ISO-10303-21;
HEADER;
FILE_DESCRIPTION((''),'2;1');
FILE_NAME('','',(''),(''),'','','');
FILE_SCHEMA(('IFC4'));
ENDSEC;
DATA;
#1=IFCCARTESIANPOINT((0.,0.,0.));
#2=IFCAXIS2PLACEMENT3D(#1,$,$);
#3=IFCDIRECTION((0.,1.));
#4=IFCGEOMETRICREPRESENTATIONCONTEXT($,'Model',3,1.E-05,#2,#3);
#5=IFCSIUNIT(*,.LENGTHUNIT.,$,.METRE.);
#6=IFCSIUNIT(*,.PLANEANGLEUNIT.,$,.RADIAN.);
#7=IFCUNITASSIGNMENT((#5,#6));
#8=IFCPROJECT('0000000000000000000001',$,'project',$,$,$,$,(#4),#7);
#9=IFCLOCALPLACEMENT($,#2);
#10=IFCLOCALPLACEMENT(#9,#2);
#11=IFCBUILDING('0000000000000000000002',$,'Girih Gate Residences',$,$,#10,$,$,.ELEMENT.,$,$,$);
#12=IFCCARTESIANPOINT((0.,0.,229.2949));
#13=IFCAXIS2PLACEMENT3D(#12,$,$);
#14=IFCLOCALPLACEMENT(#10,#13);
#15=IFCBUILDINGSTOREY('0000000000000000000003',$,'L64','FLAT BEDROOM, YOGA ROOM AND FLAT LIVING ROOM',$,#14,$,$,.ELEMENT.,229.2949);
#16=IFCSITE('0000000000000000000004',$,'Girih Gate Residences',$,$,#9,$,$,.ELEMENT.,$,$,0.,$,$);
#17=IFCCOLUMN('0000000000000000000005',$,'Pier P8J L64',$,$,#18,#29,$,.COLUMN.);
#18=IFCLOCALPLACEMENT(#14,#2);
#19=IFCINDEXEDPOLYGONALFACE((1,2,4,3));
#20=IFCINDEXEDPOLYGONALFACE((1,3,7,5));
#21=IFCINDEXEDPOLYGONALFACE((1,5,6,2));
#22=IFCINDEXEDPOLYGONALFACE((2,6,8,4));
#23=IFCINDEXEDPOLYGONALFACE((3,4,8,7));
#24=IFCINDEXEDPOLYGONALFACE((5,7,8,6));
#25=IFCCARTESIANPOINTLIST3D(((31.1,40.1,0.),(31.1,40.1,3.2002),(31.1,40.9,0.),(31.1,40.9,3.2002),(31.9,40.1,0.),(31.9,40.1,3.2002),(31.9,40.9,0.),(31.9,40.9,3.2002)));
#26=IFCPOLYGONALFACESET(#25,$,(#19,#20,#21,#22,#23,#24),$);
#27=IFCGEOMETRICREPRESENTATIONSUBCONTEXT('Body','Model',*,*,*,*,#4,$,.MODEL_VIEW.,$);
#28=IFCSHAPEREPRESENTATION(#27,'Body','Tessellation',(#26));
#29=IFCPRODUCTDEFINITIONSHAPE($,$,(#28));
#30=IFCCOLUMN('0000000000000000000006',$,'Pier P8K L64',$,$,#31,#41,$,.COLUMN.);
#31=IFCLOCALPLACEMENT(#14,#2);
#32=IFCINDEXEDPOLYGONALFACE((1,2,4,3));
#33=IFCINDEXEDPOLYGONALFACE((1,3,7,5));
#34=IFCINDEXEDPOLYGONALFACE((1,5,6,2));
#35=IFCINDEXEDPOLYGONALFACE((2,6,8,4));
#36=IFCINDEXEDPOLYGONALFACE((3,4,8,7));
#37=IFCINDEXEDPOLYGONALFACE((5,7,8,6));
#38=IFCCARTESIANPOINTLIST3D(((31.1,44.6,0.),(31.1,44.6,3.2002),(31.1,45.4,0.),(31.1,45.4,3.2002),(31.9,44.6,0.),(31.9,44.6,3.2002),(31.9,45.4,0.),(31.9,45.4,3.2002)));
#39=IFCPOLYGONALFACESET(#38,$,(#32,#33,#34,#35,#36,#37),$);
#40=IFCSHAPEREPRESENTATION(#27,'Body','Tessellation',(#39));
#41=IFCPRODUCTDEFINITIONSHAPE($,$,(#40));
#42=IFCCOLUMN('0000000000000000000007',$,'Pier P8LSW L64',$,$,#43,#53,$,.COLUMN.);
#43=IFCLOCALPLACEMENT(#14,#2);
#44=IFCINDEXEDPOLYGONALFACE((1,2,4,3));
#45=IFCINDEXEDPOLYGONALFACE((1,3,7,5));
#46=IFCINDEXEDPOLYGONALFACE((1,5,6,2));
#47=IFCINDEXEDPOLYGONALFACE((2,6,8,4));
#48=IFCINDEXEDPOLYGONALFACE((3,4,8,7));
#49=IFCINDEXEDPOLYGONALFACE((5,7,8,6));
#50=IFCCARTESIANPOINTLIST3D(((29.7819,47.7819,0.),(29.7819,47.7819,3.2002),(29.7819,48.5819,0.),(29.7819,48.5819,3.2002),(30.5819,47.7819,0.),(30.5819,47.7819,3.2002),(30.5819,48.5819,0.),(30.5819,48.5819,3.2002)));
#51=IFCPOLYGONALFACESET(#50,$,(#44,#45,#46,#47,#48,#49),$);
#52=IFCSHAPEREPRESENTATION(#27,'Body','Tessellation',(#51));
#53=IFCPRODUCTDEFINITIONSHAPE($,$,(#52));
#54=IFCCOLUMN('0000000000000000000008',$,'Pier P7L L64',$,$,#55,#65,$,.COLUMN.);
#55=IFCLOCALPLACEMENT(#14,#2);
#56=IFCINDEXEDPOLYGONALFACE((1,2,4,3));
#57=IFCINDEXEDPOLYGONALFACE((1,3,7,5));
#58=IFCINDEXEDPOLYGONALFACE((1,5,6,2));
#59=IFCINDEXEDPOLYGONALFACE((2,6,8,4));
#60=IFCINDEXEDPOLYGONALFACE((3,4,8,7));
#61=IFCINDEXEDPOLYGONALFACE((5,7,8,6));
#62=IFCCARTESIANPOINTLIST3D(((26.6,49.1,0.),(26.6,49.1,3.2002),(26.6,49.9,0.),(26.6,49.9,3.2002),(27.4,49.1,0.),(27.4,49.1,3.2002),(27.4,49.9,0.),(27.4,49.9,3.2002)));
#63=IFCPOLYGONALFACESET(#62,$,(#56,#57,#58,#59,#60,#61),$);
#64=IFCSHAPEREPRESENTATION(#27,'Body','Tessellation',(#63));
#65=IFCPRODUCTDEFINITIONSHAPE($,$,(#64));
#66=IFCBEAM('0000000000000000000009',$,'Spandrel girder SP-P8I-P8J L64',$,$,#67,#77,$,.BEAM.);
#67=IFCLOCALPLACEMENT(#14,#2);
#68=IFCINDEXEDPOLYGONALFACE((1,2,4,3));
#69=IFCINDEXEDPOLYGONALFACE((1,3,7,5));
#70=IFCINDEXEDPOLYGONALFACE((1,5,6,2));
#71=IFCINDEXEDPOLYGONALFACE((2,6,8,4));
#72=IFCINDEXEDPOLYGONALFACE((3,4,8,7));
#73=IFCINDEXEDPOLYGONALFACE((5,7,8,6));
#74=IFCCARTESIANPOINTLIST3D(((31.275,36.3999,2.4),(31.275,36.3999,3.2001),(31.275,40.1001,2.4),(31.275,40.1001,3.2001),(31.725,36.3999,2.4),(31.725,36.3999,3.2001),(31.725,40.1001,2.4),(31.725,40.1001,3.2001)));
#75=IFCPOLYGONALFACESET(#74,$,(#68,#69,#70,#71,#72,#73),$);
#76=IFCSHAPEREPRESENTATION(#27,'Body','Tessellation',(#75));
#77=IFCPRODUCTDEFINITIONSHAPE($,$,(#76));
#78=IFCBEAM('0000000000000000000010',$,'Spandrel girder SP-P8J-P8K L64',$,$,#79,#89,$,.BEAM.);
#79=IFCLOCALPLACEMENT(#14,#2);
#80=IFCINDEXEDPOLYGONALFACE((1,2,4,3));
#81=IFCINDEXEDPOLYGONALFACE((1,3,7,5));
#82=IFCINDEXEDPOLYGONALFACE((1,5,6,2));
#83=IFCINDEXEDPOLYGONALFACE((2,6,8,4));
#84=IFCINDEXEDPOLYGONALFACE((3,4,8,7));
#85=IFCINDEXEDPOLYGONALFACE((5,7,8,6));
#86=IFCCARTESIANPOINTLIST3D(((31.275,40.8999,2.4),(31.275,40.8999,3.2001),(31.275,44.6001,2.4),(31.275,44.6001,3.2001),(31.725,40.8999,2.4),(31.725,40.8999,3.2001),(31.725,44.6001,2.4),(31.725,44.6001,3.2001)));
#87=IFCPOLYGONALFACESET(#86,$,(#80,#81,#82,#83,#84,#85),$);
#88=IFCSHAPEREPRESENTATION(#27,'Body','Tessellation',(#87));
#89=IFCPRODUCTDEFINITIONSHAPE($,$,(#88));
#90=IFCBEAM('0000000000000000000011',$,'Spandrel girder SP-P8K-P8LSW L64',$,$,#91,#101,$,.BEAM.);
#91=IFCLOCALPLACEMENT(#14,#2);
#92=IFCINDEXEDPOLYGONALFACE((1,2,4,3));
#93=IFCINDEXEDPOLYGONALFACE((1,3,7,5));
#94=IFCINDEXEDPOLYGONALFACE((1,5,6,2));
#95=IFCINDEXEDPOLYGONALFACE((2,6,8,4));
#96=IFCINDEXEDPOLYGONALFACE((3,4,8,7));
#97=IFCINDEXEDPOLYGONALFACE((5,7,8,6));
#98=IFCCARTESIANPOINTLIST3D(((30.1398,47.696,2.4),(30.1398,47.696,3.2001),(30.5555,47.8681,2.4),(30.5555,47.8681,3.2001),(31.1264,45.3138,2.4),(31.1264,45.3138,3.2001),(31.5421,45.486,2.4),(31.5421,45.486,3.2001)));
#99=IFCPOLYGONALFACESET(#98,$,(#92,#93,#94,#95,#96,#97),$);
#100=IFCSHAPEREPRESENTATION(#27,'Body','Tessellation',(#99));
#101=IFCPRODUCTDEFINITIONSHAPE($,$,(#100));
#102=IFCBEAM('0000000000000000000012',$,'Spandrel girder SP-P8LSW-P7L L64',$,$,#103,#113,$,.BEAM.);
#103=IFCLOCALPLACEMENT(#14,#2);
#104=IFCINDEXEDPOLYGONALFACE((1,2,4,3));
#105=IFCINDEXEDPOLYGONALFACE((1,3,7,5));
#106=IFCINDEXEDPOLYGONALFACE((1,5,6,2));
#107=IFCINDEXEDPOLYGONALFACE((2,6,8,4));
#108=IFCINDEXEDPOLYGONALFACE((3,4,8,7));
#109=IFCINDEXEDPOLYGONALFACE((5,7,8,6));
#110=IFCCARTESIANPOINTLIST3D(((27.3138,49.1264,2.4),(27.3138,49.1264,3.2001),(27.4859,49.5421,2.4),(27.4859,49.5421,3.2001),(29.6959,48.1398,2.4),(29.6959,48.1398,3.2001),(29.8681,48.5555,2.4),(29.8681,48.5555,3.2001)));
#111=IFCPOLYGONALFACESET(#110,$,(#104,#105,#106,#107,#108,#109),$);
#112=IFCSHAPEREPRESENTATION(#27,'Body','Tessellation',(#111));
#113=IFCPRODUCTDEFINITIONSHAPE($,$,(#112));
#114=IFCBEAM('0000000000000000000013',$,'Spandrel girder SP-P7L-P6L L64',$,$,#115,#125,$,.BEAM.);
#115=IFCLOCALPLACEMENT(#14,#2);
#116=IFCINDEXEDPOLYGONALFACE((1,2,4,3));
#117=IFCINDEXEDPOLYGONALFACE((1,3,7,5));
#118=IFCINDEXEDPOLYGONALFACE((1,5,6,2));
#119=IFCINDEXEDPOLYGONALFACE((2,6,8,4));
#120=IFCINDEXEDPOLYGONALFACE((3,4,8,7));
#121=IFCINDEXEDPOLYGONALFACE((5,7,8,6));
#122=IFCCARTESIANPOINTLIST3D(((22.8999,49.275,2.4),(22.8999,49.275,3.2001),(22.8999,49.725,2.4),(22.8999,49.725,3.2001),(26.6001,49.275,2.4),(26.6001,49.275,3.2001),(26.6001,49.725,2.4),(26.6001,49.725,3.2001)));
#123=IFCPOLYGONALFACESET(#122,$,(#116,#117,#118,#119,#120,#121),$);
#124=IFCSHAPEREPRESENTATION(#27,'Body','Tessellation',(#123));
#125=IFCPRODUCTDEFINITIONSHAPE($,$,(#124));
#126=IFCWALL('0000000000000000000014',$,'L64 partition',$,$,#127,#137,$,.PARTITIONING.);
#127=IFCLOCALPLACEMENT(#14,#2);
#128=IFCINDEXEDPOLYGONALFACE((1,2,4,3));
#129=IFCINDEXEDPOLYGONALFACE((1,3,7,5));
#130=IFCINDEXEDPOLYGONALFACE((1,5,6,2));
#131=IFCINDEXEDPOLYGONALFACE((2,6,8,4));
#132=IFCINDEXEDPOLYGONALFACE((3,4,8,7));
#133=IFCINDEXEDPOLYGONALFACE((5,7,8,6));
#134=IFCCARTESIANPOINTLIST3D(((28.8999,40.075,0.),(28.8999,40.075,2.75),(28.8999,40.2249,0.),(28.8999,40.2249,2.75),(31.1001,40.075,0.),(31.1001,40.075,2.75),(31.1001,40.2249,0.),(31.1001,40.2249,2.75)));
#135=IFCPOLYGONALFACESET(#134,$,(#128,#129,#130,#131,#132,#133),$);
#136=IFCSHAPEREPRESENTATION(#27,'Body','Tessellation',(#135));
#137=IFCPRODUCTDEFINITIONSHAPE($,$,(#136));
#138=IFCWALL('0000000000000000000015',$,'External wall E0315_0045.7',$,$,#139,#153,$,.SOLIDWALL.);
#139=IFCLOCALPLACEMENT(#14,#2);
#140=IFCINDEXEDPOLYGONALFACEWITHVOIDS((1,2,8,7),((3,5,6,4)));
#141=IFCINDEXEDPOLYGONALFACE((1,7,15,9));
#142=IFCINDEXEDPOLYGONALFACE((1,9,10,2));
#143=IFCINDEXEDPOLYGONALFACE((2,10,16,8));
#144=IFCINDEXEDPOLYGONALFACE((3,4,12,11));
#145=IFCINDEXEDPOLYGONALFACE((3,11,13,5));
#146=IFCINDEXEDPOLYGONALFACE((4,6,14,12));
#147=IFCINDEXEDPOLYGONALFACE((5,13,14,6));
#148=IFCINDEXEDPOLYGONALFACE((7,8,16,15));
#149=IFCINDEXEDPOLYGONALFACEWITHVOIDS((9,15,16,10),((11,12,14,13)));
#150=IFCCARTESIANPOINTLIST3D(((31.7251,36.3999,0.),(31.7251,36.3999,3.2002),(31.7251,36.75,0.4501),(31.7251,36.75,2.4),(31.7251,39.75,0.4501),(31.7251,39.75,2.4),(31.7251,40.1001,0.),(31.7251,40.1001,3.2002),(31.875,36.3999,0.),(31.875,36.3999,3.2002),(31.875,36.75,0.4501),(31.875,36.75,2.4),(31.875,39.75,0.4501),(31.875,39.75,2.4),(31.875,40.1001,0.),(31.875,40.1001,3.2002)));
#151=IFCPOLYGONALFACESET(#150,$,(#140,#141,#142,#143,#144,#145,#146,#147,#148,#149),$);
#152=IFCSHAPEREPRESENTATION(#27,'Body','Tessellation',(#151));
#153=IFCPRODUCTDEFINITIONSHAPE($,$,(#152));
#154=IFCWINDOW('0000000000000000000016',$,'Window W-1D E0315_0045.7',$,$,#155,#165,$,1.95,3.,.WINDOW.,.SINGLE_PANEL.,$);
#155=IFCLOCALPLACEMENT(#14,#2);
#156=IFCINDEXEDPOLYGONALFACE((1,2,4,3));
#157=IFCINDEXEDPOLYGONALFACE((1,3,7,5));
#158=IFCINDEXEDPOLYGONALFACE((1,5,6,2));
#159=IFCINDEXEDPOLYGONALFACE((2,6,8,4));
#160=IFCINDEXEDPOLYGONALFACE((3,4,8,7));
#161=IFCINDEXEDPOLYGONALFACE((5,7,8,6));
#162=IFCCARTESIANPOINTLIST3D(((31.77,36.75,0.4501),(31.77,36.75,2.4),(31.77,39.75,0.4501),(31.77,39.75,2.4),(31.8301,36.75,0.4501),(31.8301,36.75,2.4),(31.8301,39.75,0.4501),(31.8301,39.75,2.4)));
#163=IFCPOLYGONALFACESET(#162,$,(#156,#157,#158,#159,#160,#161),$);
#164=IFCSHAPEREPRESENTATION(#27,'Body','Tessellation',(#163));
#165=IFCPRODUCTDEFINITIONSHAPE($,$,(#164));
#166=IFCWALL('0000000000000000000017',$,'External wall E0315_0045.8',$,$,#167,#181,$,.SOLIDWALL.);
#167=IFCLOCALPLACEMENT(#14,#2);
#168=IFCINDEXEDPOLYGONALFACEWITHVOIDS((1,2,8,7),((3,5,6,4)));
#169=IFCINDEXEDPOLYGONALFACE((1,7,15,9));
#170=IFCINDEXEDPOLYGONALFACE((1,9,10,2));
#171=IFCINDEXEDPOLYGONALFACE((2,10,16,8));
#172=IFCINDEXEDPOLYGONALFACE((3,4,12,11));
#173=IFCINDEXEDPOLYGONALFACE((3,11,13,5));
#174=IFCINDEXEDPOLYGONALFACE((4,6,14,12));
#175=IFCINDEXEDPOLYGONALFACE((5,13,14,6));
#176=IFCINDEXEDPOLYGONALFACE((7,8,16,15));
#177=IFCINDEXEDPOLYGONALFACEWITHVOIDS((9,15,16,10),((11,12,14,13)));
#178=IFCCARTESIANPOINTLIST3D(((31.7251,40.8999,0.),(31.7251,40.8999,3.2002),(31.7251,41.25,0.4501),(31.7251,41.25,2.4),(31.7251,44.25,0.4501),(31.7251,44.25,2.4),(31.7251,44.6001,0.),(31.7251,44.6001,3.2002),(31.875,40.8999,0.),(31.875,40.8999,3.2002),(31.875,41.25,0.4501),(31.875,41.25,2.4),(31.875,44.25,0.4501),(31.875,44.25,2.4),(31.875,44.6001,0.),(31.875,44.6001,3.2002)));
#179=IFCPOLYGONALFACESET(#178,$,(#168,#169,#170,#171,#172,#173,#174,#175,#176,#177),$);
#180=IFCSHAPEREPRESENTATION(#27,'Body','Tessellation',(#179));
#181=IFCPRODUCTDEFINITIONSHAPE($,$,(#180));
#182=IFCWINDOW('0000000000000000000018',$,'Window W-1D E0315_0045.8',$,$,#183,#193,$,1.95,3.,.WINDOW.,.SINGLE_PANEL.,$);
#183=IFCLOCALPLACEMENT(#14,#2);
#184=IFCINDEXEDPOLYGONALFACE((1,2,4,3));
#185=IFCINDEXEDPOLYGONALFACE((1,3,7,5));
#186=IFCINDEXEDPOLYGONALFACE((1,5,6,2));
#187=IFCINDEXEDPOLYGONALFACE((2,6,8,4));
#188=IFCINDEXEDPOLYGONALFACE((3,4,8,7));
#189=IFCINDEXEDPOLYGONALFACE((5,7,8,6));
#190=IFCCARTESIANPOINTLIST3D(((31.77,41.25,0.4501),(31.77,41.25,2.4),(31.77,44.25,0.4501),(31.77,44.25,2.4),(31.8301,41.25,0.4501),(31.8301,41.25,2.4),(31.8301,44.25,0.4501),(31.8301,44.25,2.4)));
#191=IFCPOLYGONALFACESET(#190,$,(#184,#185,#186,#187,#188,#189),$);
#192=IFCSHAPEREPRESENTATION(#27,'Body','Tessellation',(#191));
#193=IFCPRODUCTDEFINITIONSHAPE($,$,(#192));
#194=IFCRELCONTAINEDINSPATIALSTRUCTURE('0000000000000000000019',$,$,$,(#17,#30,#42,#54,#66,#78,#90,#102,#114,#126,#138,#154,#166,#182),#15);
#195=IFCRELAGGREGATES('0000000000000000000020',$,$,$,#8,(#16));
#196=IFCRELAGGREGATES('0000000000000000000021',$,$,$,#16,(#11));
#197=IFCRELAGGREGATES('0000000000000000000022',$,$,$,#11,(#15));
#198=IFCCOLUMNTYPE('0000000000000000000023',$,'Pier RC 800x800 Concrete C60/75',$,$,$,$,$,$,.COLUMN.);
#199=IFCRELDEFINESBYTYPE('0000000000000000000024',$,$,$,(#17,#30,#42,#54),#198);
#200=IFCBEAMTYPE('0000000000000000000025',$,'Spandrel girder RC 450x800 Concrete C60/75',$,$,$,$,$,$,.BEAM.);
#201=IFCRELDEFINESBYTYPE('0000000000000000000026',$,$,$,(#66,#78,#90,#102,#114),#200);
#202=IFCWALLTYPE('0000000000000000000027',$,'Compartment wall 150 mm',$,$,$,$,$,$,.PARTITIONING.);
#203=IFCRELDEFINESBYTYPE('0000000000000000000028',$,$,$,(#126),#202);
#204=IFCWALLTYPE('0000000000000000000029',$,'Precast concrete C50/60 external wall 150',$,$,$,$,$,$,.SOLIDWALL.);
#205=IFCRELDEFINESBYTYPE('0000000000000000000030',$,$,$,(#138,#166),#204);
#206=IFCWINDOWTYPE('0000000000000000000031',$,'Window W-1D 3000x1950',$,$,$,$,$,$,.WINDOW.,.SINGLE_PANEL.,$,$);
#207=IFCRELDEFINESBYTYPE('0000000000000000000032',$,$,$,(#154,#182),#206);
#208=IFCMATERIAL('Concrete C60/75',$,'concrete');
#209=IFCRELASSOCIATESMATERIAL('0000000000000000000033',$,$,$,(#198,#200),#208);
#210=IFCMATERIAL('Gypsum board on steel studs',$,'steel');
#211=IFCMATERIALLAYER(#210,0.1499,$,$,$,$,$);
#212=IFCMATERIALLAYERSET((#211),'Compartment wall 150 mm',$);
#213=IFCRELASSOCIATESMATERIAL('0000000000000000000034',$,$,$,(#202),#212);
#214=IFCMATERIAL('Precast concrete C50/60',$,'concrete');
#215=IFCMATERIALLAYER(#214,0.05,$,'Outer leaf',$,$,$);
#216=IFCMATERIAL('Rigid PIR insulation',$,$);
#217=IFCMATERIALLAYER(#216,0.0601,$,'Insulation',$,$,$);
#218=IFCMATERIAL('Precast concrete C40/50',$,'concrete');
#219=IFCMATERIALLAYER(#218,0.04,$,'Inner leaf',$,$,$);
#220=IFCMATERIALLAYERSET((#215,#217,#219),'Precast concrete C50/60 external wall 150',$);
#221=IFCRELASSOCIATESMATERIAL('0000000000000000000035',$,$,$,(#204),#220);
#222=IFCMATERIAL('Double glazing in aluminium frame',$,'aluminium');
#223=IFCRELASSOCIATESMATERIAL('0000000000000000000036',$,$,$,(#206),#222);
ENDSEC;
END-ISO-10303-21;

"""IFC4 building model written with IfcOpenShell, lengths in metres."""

from ifc_helpers import new_model, si_unit, direction, frame, frame_2d, origin, origin_2d, place, context, subcontext, project, spatial, rectangle, extrude, material, layer, layer_set, material_profile, profile_set, type_object, element, fill, save


model = new_model("IFC4")

# Units and contexts
model_context = context("Model", 3, precision=1e-05, world=origin(), true_north=direction((0.0, 1.0)))
body_context = subcontext(model_context, "Body", "Model", "MODEL_VIEW")
ifc_project = project(units=[si_unit("LENGTHUNIT", "METRE"), si_unit("PLANEANGLEUNIT", "RADIAN")], contexts=[model_context])

# Site, building, storey
site_placement = place(None, origin())
site = spatial("IfcSite", under=ifc_project, at=site_placement, Name="Girih Gate Residences", CompositionType="ELEMENT", RefElevation=0.0)
building_placement = place(site_placement, origin())
building = spatial("IfcBuilding", under=site, at=building_placement, Name="Girih Gate Residences", CompositionType="ELEMENT")
storey_placement = place(building_placement, frame((0.0, 0.0, 229.2949)))
storey = spatial("IfcBuildingStorey", under=building, at=storey_placement, Name="L64", Description="FLAT BEDROOM, YOGA ROOM AND FLAT LIVING ROOM", CompositionType="ELEMENT", Elevation=229.2949)

# Columns
ifc_material_1 = material(Name="Concrete C60/75", Category="concrete")
ifc_material_profile_1 = material_profile(ifc_material_1, rectangle(XDim=0.8, YDim=0.8, at=origin_2d()))
ifc_profile_set_1 = profile_set([ifc_material_profile_1], Name="Concrete C60/75")
column_type = type_object("IfcColumnType", Name="Pier RC 800x800 Concrete C60/75", PredefinedType="COLUMN", material=ifc_profile_set_1)
for number, where, z_axis, x_axis, name in (
    (1, (31.5, 40.5, 0.0), (0.0, 0.0, 1.0), (1.0, 0.0, 0.0), "Pier P8J L64"),
    (2, (31.5, 45.0, 0.0), (0.0, 0.0, 1.0), (1.0, 0.0, 0.0), "Pier P8K L64"),
    (3, (30.1819, 48.1819, 0.0), (0.0, 0.0, 1.0), (1.0, 0.0, 0.0), "Pier P8LSW L64"),
    (4, (27.0, 49.5, 0.0), (0.0, 0.0, 1.0), (1.0, 0.0, 0.0), "Pier P7L L64"),
):
    element("IfcColumn", number, at=place(storey_placement, frame(where, z_axis=z_axis, x_axis=x_axis)), inside=storey, type_object=column_type, Name=name, PredefinedType="COLUMN", context=body_context, shape_type="SweptSolid", body=[
        extrude(rectangle(XDim=0.8, YDim=0.8, at=origin_2d()), origin(), (0.0, 0.0, 1.0), 3.2002),
    ])

# Beams
ifc_material_profile_2 = material_profile(ifc_material_1, rectangle(XDim=0.45, YDim=0.8, at=origin_2d()))
ifc_profile_set_2 = profile_set([ifc_material_profile_2], Name="Concrete C60/75")
beam_type = type_object("IfcBeamType", Name="Spandrel girder RC 450x800 Concrete C60/75", PredefinedType="BEAM", material=ifc_profile_set_2)
for number, where, z_axis, x_axis, name in (
    (5, (31.5, 36.3999, 2.8), (0.0, 1.0, 0.0), (-1.0, 0.0, 0.0), "Spandrel girder SP-P8I-P8J L64"),
    (6, (31.5, 40.8999, 2.8), (0.0, 1.0, 0.0), (-1.0, 0.0, 0.0), "Spandrel girder SP-P8J-P8K L64"),
):
    element("IfcBeam", number, at=place(storey_placement, frame(where, z_axis=z_axis, x_axis=x_axis)), inside=storey, type_object=beam_type, Name=name, PredefinedType="BEAM", context=body_context, shape_type="SweptSolid", body=[
        extrude(rectangle(XDim=0.45, YDim=0.8, at=origin_2d()), origin(), (0.0, 0.0, 1.0), 3.7002),
    ])
for number, where, z_axis, x_axis, name in (
    (7, (31.3342, 45.3999, 2.8), (-0.382644, 0.923896, 0.0), (-0.923896, -0.382644, 0.0), "Spandrel girder SP-P8K-P8LSW L64"),
    (8, (29.782, 48.3477, 2.8), (-0.923896, 0.382644, 0.0), (-0.382644, -0.923896, 0.0), "Spandrel girder SP-P8LSW-P7L L64"),
):
    element("IfcBeam", number, at=place(storey_placement, frame(where, z_axis=z_axis, x_axis=x_axis)), inside=storey, type_object=beam_type, Name=name, PredefinedType="BEAM", context=body_context, shape_type="SweptSolid", body=[
        extrude(rectangle(XDim=0.45, YDim=0.8, at=origin_2d()), origin(), (0.0, 0.0, 1.0), 2.5784),
    ])
beam_placement = place(storey_placement, frame((26.6001, 49.5, 2.8), z_axis=(-1.0, 0.0, 0.0), x_axis=(0.0, -1.0, 0.0)))
element("IfcBeam", 9, at=beam_placement, inside=storey, type_object=beam_type, Name="Spandrel girder SP-P7L-P6L L64", PredefinedType="BEAM", context=body_context, shape_type="SweptSolid", body=[
    extrude(rectangle(XDim=0.45, YDim=0.8, at=origin_2d()), origin(), (0.0, 0.0, 1.0), 3.7002),
])

# Wall
ifc_material_2 = material(Name="Gypsum board on steel studs", Category="steel")
ifc_layer_1 = layer(ifc_material_2, 0.1499)
ifc_layer_set_1 = layer_set([ifc_layer_1], Name="Compartment wall 150 mm")
wall_type_1 = type_object("IfcWallType", Name="Compartment wall 150 mm", PredefinedType="PARTITIONING", material=ifc_layer_set_1)
wall_1_placement = place(storey_placement, frame((28.8999, 40.1499, 0.0), z_axis=(0.0, 0.0, 1.0), x_axis=(1.0, 0.0, 0.0)))
element("IfcWall", 10, at=wall_1_placement, inside=storey, type_object=wall_type_1, Name="L64 partition", PredefinedType="PARTITIONING", context=body_context, shape_type="SweptSolid", body=[
    extrude(rectangle(XDim=2.2002, YDim=0.1499, at=frame_2d((1.1001, 0.0))), origin(), (0.0, 0.0, 1.0), 2.75),
])

# Walls, openings, windows
ifc_material_3 = material(Name="Precast concrete C50/60", Category="concrete")
ifc_layer_2 = layer(ifc_material_3, 0.05, Name="Outer leaf")
ifc_material_4 = material(Name="Rigid PIR insulation")
ifc_layer_3 = layer(ifc_material_4, 0.0601, Name="Insulation")
ifc_material_5 = material(Name="Precast concrete C40/50", Category="concrete")
ifc_layer_4 = layer(ifc_material_5, 0.04, Name="Inner leaf")
ifc_layer_set_2 = layer_set([ifc_layer_2, ifc_layer_3, ifc_layer_4], Name="Precast concrete C50/60 external wall 150")
wall_type_2 = type_object("IfcWallType", Name="Precast concrete C50/60 external wall 150", PredefinedType="SOLIDWALL", material=ifc_layer_set_2)
wall_2_placement = place(storey_placement, frame((31.8, 40.1001, 0.0), z_axis=(0.0, 0.0, 1.0), x_axis=(0.0, -1.0, 0.0)))
wall_2 = element("IfcWall", 11, at=wall_2_placement, inside=storey, type_object=wall_type_2, Name="External wall E0315_0045.7", PredefinedType="SOLIDWALL", context=body_context, shape_type="SweptSolid", body=[
    extrude(rectangle(XDim=3.7002, YDim=0.1499, at=frame_2d((1.8501, 0.0))), origin(), (0.0, 0.0, 1.0), 3.2002),
])
opening_1_placement = place(wall_2_placement, frame((0.3501, 0.0, 0.45)))
opening_1 = element("IfcOpeningElement", 12, at=opening_1_placement, cuts=wall_2, PredefinedType="OPENING", context=body_context, shape_type="SweptSolid", body=[
    extrude(rectangle(XDim=3.0, YDim=1.95, at=frame_2d((1.5, 0.9751))), frame((0.0, 0.085, 0.0), z_axis=(0.0, -1.0, 0.0), x_axis=(1.0, 0.0, 0.0)), (0.0, 0.0, 1.0), 0.1699),
])
ifc_material_6 = material(Name="Double glazing in aluminium frame", Category="aluminium")
window_type_1 = type_object("IfcWindowType", Name="Window W-1D 3000x1950", PartitioningType="SINGLE_PANEL", PredefinedType="WINDOW", material=ifc_material_6)
window_1_placement = place(opening_1_placement, origin())
window_1 = element("IfcWindow", 13, at=window_1_placement, inside=storey, type_object=window_type_1, Name="Window W-1D E0315_0045.7", OverallHeight=1.95, OverallWidth=3.0, PartitioningType="SINGLE_PANEL", PredefinedType="WINDOW", context=body_context, shape_type="SweptSolid", body=[
    extrude(rectangle(XDim=3.0, YDim=1.95, at=frame_2d((1.5, 0.9751))), frame((0.0, 0.03, 0.0), z_axis=(0.0, -1.0, 0.0), x_axis=(1.0, 0.0, 0.0)), (0.0, 0.0, 1.0), 0.0601),
])
fill(opening_1, window_1)
wall_3_placement = place(storey_placement, frame((31.8, 44.6001, 0.0), z_axis=(0.0, 0.0, 1.0), x_axis=(0.0, -1.0, 0.0)))
wall_3 = element("IfcWall", 14, at=wall_3_placement, inside=storey, type_object=wall_type_2, Name="External wall E0315_0045.8", PredefinedType="SOLIDWALL", context=body_context, shape_type="SweptSolid", body=[
    extrude(rectangle(XDim=3.7002, YDim=0.1499, at=frame_2d((1.8501, 0.0))), origin(), (0.0, 0.0, 1.0), 3.2002),
])
opening_2_placement = place(wall_3_placement, frame((0.3501, 0.0, 0.45)))
opening_2 = element("IfcOpeningElement", 15, at=opening_2_placement, cuts=wall_3, PredefinedType="OPENING", context=body_context, shape_type="SweptSolid", body=[
    extrude(rectangle(XDim=3.0, YDim=1.95, at=frame_2d((1.5, 0.9751))), frame((0.0, 0.085, 0.0), z_axis=(0.0, -1.0, 0.0), x_axis=(1.0, 0.0, 0.0)), (0.0, 0.0, 1.0), 0.1699),
])
window_2_placement = place(opening_2_placement, origin())
window_2 = element("IfcWindow", 16, at=window_2_placement, inside=storey, type_object=window_type_1, Name="Window W-1D E0315_0045.8", OverallHeight=1.95, OverallWidth=3.0, PartitioningType="SINGLE_PANEL", PredefinedType="WINDOW", context=body_context, shape_type="SweptSolid", body=[
    extrude(rectangle(XDim=3.0, YDim=1.95, at=frame_2d((1.5, 0.9751))), frame((0.0, 0.03, 0.0), z_axis=(0.0, -1.0, 0.0), x_axis=(1.0, 0.0, 0.0)), (0.0, 0.0, 1.0), 0.0601),
])
fill(opening_2, window_2)

save(model, "model.ifc")
